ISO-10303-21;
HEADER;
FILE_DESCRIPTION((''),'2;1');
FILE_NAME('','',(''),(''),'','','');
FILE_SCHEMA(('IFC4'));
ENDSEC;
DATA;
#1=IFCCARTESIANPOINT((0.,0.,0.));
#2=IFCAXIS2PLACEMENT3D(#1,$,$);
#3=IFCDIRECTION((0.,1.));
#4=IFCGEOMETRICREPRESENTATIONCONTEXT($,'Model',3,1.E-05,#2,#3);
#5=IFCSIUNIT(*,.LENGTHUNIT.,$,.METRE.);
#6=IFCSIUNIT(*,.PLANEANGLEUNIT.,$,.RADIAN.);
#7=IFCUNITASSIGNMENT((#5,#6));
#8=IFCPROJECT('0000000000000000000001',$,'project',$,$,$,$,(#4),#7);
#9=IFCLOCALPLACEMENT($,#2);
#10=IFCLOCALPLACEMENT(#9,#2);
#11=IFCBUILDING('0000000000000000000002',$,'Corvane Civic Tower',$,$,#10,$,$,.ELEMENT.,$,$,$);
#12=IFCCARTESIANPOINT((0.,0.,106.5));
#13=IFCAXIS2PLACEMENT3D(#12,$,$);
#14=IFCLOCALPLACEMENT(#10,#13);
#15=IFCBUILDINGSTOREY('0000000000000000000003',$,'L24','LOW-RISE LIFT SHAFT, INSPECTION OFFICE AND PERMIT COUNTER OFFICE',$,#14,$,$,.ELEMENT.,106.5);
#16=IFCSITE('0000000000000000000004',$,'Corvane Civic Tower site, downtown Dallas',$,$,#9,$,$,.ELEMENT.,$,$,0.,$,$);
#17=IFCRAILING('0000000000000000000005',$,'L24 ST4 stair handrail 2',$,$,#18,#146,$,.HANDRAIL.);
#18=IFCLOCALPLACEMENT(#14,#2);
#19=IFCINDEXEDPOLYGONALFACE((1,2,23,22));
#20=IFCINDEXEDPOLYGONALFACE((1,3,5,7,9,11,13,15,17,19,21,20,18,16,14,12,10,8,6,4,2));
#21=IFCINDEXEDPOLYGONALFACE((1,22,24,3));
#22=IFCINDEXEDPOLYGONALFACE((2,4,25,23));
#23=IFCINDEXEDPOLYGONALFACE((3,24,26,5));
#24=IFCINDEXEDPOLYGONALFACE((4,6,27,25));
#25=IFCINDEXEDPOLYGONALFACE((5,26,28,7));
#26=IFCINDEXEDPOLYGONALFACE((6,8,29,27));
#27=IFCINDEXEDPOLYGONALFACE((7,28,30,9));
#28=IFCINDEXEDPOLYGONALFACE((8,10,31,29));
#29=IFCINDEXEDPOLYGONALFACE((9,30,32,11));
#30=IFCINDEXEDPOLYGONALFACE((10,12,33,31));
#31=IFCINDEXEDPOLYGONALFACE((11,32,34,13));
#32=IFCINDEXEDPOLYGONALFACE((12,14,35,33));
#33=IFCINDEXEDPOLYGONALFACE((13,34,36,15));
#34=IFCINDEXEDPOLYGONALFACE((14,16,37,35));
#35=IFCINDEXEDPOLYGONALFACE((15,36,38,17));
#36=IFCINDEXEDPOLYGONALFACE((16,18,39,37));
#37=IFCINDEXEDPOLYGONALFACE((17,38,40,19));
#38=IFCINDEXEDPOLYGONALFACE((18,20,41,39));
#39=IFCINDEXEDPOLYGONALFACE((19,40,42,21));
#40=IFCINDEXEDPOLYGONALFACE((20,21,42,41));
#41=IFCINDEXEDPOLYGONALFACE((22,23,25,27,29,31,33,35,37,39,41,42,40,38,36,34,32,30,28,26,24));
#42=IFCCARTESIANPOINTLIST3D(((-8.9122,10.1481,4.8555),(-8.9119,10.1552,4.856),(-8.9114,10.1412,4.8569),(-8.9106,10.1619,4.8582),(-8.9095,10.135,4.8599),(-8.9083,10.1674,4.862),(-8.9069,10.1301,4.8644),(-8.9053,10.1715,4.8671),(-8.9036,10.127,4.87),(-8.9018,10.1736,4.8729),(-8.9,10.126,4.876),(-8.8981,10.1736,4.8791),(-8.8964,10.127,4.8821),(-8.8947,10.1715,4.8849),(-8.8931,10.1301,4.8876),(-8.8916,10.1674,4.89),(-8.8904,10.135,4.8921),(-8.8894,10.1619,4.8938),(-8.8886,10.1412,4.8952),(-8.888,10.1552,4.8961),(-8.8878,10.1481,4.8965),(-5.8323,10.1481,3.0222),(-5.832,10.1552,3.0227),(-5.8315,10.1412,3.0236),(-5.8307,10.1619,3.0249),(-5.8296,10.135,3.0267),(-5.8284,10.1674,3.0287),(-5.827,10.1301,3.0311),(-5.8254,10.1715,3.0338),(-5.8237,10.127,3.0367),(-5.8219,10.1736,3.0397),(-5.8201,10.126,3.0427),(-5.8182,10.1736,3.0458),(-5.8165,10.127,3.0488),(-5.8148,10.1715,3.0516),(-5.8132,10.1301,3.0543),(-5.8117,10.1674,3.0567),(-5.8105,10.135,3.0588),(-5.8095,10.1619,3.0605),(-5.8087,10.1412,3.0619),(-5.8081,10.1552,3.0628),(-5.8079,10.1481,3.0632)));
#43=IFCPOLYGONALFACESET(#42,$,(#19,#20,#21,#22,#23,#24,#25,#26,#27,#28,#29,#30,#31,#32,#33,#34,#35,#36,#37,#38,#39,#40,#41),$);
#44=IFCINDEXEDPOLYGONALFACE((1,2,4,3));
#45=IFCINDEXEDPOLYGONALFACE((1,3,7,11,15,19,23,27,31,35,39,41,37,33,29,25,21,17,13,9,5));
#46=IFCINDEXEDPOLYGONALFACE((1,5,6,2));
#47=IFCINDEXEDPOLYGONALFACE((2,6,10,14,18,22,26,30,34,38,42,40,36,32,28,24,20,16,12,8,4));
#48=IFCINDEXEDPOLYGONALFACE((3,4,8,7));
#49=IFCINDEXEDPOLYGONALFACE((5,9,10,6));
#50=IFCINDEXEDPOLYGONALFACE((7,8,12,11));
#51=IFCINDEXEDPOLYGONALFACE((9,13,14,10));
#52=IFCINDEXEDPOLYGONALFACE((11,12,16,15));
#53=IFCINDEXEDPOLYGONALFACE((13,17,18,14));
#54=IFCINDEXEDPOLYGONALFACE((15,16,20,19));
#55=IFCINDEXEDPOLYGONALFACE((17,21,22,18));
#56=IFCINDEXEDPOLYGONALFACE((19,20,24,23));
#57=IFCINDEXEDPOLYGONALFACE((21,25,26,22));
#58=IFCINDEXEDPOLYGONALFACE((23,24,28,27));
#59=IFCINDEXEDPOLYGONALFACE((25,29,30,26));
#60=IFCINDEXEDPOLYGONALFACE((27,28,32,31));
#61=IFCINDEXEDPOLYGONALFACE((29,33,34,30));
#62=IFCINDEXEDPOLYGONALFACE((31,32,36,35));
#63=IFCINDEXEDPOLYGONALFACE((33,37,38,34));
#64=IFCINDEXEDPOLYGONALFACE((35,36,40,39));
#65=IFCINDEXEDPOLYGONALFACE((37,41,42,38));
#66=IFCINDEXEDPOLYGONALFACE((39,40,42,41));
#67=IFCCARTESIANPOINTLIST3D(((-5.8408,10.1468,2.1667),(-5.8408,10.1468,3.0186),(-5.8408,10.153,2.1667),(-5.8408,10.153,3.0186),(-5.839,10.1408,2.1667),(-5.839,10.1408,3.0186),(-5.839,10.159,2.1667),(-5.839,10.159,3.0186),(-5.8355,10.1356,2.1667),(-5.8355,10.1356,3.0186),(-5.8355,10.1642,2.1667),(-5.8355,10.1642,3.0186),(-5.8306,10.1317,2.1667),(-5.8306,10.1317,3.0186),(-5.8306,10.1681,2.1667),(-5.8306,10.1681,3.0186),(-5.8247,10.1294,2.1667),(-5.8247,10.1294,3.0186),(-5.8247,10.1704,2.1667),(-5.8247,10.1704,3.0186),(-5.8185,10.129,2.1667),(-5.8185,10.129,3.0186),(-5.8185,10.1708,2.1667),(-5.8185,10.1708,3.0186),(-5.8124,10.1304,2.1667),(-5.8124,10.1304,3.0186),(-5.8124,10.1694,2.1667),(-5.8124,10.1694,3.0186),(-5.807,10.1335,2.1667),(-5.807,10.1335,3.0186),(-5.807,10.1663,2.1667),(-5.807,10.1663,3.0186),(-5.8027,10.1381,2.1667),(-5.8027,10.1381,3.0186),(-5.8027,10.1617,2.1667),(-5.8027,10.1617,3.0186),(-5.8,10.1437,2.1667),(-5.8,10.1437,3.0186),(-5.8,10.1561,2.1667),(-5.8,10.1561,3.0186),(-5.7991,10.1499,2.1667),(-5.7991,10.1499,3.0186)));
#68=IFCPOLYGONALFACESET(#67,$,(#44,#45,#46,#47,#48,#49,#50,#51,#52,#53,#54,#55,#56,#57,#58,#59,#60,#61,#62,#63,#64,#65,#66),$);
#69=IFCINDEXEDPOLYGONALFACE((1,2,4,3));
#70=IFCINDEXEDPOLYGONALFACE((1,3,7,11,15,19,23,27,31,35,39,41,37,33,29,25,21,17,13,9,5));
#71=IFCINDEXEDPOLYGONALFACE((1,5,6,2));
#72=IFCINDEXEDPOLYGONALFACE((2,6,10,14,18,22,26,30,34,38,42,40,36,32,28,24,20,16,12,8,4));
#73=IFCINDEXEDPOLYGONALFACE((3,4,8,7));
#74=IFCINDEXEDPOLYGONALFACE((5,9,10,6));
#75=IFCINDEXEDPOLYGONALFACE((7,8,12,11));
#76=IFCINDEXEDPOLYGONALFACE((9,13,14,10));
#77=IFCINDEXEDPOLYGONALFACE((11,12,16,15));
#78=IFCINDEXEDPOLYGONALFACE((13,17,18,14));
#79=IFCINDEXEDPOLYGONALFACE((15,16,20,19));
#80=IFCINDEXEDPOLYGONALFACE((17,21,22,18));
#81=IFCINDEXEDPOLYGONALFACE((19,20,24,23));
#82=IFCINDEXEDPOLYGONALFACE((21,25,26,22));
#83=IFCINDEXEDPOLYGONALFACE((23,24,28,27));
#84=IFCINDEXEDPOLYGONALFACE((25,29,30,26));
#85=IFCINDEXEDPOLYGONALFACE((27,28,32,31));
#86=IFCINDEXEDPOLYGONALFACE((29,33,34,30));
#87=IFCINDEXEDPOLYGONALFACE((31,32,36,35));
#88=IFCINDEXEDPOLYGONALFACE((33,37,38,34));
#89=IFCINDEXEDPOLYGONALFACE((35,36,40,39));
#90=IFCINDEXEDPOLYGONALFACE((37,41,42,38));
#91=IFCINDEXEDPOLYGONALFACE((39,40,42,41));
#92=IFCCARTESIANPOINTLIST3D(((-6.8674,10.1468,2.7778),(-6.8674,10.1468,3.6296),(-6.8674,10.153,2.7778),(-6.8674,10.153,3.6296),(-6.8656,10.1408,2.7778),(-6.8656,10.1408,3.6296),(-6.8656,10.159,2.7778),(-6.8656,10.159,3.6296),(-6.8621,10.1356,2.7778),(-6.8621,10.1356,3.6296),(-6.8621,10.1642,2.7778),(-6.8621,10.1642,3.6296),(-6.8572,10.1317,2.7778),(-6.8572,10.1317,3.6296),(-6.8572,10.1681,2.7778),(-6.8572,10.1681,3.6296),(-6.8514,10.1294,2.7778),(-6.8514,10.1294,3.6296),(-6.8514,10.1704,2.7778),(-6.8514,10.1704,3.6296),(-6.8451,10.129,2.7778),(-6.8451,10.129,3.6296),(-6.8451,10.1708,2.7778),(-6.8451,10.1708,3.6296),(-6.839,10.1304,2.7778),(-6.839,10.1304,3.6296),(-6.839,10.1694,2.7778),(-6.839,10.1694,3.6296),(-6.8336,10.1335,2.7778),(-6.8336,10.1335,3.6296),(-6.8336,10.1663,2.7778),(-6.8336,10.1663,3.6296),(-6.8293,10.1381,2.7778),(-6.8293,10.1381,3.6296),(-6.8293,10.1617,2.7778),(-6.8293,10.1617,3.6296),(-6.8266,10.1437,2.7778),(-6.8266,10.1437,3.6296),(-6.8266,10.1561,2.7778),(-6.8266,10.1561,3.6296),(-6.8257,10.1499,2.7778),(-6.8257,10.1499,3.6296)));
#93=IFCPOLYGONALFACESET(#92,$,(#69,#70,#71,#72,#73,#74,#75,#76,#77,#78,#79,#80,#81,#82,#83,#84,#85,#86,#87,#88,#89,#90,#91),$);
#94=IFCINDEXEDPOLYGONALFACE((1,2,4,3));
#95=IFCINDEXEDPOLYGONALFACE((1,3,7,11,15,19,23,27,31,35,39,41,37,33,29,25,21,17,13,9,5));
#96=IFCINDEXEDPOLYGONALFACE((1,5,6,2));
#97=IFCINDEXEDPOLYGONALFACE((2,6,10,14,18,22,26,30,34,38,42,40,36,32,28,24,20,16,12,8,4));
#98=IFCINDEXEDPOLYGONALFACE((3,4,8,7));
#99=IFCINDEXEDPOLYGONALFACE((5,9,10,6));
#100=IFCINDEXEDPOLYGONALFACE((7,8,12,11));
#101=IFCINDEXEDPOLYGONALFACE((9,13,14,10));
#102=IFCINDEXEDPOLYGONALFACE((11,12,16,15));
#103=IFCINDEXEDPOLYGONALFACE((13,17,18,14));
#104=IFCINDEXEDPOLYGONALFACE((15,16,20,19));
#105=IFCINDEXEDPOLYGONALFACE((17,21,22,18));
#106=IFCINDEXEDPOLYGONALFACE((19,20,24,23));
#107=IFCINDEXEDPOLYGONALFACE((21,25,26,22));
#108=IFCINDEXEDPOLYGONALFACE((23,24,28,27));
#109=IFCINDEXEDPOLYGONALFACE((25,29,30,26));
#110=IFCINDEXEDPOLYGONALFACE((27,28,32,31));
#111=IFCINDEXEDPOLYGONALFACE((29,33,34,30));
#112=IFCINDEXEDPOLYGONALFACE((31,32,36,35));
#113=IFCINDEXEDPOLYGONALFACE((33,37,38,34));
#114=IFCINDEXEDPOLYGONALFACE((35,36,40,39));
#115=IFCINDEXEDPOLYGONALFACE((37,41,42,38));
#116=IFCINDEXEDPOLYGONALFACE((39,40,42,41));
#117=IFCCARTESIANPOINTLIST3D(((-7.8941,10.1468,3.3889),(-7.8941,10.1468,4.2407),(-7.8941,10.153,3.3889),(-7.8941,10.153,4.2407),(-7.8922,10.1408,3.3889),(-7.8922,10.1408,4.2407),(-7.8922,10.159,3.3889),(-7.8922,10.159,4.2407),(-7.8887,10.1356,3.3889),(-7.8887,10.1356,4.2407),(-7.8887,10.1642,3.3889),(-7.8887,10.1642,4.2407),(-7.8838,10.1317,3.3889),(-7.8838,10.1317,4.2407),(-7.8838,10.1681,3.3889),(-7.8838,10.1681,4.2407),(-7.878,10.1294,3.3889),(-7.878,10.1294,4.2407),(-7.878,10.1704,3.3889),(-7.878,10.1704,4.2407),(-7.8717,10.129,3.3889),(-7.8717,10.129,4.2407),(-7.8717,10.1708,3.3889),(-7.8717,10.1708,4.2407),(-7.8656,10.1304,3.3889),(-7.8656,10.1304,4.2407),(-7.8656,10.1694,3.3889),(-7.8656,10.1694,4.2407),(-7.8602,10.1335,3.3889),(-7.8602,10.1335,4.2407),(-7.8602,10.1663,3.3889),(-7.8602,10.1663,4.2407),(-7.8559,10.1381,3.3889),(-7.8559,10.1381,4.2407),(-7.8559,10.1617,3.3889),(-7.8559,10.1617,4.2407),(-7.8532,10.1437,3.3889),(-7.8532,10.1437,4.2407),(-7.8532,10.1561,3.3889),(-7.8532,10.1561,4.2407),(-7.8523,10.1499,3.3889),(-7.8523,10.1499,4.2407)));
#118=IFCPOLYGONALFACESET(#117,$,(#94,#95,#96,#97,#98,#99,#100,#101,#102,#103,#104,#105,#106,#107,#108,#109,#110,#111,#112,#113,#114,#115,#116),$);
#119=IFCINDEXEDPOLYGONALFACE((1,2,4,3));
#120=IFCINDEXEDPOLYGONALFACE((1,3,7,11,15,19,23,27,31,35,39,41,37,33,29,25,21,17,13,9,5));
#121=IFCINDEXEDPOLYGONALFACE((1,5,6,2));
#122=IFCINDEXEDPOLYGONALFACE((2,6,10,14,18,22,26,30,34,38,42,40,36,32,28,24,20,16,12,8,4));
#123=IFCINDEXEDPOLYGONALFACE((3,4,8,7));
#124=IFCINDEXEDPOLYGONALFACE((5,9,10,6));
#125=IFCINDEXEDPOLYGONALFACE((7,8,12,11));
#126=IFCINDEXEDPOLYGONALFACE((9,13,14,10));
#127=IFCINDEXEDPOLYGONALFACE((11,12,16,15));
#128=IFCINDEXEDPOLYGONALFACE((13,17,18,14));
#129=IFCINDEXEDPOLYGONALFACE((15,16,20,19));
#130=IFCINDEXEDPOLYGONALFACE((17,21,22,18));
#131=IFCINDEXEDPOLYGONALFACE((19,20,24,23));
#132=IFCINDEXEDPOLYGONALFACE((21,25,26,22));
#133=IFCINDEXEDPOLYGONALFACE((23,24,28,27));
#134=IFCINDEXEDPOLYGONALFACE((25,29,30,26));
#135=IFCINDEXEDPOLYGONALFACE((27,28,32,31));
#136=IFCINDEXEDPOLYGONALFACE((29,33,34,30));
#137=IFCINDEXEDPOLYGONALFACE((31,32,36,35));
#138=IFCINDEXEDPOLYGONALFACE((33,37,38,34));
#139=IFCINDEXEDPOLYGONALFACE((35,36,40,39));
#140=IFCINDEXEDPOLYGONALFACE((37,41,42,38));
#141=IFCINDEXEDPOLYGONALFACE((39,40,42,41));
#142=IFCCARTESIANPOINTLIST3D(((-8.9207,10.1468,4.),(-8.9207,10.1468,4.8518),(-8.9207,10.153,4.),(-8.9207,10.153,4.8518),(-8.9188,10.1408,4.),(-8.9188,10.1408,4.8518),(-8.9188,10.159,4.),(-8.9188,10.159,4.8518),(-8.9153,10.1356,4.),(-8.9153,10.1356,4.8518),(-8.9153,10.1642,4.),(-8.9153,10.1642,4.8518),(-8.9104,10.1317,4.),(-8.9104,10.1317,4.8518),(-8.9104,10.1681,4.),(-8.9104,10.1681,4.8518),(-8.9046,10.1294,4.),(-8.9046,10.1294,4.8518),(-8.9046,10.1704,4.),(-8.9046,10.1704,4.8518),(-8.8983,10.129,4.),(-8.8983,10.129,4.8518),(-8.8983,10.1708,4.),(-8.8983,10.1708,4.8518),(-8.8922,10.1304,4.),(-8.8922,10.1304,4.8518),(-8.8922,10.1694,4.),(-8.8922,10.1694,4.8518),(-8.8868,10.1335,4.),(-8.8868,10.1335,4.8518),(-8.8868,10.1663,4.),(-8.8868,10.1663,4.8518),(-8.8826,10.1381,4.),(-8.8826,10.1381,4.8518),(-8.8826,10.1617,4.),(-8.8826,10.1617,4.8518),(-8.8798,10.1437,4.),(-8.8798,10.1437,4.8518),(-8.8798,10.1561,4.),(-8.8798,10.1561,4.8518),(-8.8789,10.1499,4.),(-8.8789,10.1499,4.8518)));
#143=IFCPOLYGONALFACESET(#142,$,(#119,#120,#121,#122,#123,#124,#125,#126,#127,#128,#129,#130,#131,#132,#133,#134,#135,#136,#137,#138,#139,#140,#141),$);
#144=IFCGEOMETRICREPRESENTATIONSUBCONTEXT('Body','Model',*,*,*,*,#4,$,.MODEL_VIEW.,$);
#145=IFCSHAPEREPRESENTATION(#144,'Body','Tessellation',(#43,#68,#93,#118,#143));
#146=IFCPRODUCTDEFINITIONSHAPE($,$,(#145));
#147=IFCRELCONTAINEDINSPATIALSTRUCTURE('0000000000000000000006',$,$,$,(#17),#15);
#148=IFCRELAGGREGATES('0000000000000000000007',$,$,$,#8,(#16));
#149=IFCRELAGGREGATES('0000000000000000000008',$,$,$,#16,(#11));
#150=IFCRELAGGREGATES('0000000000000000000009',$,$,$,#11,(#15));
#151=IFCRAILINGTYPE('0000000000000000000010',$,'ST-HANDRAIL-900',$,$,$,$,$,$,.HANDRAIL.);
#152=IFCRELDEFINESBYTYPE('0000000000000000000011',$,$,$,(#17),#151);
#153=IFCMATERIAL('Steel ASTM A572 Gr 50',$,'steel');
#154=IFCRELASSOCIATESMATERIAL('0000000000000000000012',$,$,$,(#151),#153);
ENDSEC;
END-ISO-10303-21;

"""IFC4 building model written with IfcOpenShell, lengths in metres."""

from ifc_helpers import new_model, si_unit, direction, frame, origin, origin_2d, place, context, subcontext, project, spatial, circle, extrude, material, type_object, element, save


model = new_model("IFC4")

# Units and contexts
model_context = context("Model", 3, precision=1e-05, world=origin(), true_north=direction((0.0, 1.0)))
body_context = subcontext(model_context, "Body", "Model", "MODEL_VIEW")
ifc_project = project(units=[si_unit("LENGTHUNIT", "METRE"), si_unit("PLANEANGLEUNIT", "RADIAN")], contexts=[model_context])

# Site, building, storey
site_placement = place(None, origin())
site = spatial("IfcSite", under=ifc_project, at=site_placement, Name="Corvane Civic Tower site, downtown Dallas", CompositionType="ELEMENT", RefElevation=0.0)
building_placement = place(site_placement, origin())
building = spatial("IfcBuilding", under=site, at=building_placement, Name="Corvane Civic Tower", CompositionType="ELEMENT")
storey_placement = place(building_placement, frame((0.0, 0.0, 106.5)))
storey = spatial("IfcBuildingStorey", under=building, at=storey_placement, Name="L24", Description="LOW-RISE LIFT SHAFT, INSPECTION OFFICE AND PERMIT COUNTER OFFICE", CompositionType="ELEMENT", Elevation=106.5)

# Railing
ifc_material_1 = material(Name="Steel ASTM A572 Gr 50", Category="steel")
railing_type_1 = type_object("IfcRailingType", Name="ST-HANDRAIL-900", PredefinedType="HANDRAIL", material=ifc_material_1)
railing_1_placement = place(storey_placement, frame((-5.8201, 10.1499, 2.1667)))
element("IfcRailing", 1, at=railing_1_placement, inside=storey, type_object=railing_type_1, Name="L24 ST4 stair handrail 2", PredefinedType="HANDRAIL", context=body_context, shape_type="SweptSolid", body=[
    extrude(circle(Radius=0.0239, at=origin_2d()), frame((0.0, 0.0, 0.876), z_axis=(-0.859291, 0.0, 0.511487), x_axis=(0.0, -1.0, 0.0)), (0.0, 0.0, 1.0), 3.5842),
    extrude(circle(Radius=0.021, at=origin_2d()), origin(), (0.0, 0.0, 1.0), 0.8518),
    extrude(circle(Radius=0.021, at=origin_2d()), frame((-1.0266, 0.0, 0.6111)), (0.0, 0.0, 1.0), 0.8518),
    extrude(circle(Radius=0.021, at=origin_2d()), frame((-2.0532, 0.0, 1.2222)), (0.0, 0.0, 1.0), 0.8518),
    extrude(circle(Radius=0.021, at=origin_2d()), frame((-3.0798, 0.0, 1.8333)), (0.0, 0.0, 1.0), 0.8518),
])

save(model, "model.ifc")
